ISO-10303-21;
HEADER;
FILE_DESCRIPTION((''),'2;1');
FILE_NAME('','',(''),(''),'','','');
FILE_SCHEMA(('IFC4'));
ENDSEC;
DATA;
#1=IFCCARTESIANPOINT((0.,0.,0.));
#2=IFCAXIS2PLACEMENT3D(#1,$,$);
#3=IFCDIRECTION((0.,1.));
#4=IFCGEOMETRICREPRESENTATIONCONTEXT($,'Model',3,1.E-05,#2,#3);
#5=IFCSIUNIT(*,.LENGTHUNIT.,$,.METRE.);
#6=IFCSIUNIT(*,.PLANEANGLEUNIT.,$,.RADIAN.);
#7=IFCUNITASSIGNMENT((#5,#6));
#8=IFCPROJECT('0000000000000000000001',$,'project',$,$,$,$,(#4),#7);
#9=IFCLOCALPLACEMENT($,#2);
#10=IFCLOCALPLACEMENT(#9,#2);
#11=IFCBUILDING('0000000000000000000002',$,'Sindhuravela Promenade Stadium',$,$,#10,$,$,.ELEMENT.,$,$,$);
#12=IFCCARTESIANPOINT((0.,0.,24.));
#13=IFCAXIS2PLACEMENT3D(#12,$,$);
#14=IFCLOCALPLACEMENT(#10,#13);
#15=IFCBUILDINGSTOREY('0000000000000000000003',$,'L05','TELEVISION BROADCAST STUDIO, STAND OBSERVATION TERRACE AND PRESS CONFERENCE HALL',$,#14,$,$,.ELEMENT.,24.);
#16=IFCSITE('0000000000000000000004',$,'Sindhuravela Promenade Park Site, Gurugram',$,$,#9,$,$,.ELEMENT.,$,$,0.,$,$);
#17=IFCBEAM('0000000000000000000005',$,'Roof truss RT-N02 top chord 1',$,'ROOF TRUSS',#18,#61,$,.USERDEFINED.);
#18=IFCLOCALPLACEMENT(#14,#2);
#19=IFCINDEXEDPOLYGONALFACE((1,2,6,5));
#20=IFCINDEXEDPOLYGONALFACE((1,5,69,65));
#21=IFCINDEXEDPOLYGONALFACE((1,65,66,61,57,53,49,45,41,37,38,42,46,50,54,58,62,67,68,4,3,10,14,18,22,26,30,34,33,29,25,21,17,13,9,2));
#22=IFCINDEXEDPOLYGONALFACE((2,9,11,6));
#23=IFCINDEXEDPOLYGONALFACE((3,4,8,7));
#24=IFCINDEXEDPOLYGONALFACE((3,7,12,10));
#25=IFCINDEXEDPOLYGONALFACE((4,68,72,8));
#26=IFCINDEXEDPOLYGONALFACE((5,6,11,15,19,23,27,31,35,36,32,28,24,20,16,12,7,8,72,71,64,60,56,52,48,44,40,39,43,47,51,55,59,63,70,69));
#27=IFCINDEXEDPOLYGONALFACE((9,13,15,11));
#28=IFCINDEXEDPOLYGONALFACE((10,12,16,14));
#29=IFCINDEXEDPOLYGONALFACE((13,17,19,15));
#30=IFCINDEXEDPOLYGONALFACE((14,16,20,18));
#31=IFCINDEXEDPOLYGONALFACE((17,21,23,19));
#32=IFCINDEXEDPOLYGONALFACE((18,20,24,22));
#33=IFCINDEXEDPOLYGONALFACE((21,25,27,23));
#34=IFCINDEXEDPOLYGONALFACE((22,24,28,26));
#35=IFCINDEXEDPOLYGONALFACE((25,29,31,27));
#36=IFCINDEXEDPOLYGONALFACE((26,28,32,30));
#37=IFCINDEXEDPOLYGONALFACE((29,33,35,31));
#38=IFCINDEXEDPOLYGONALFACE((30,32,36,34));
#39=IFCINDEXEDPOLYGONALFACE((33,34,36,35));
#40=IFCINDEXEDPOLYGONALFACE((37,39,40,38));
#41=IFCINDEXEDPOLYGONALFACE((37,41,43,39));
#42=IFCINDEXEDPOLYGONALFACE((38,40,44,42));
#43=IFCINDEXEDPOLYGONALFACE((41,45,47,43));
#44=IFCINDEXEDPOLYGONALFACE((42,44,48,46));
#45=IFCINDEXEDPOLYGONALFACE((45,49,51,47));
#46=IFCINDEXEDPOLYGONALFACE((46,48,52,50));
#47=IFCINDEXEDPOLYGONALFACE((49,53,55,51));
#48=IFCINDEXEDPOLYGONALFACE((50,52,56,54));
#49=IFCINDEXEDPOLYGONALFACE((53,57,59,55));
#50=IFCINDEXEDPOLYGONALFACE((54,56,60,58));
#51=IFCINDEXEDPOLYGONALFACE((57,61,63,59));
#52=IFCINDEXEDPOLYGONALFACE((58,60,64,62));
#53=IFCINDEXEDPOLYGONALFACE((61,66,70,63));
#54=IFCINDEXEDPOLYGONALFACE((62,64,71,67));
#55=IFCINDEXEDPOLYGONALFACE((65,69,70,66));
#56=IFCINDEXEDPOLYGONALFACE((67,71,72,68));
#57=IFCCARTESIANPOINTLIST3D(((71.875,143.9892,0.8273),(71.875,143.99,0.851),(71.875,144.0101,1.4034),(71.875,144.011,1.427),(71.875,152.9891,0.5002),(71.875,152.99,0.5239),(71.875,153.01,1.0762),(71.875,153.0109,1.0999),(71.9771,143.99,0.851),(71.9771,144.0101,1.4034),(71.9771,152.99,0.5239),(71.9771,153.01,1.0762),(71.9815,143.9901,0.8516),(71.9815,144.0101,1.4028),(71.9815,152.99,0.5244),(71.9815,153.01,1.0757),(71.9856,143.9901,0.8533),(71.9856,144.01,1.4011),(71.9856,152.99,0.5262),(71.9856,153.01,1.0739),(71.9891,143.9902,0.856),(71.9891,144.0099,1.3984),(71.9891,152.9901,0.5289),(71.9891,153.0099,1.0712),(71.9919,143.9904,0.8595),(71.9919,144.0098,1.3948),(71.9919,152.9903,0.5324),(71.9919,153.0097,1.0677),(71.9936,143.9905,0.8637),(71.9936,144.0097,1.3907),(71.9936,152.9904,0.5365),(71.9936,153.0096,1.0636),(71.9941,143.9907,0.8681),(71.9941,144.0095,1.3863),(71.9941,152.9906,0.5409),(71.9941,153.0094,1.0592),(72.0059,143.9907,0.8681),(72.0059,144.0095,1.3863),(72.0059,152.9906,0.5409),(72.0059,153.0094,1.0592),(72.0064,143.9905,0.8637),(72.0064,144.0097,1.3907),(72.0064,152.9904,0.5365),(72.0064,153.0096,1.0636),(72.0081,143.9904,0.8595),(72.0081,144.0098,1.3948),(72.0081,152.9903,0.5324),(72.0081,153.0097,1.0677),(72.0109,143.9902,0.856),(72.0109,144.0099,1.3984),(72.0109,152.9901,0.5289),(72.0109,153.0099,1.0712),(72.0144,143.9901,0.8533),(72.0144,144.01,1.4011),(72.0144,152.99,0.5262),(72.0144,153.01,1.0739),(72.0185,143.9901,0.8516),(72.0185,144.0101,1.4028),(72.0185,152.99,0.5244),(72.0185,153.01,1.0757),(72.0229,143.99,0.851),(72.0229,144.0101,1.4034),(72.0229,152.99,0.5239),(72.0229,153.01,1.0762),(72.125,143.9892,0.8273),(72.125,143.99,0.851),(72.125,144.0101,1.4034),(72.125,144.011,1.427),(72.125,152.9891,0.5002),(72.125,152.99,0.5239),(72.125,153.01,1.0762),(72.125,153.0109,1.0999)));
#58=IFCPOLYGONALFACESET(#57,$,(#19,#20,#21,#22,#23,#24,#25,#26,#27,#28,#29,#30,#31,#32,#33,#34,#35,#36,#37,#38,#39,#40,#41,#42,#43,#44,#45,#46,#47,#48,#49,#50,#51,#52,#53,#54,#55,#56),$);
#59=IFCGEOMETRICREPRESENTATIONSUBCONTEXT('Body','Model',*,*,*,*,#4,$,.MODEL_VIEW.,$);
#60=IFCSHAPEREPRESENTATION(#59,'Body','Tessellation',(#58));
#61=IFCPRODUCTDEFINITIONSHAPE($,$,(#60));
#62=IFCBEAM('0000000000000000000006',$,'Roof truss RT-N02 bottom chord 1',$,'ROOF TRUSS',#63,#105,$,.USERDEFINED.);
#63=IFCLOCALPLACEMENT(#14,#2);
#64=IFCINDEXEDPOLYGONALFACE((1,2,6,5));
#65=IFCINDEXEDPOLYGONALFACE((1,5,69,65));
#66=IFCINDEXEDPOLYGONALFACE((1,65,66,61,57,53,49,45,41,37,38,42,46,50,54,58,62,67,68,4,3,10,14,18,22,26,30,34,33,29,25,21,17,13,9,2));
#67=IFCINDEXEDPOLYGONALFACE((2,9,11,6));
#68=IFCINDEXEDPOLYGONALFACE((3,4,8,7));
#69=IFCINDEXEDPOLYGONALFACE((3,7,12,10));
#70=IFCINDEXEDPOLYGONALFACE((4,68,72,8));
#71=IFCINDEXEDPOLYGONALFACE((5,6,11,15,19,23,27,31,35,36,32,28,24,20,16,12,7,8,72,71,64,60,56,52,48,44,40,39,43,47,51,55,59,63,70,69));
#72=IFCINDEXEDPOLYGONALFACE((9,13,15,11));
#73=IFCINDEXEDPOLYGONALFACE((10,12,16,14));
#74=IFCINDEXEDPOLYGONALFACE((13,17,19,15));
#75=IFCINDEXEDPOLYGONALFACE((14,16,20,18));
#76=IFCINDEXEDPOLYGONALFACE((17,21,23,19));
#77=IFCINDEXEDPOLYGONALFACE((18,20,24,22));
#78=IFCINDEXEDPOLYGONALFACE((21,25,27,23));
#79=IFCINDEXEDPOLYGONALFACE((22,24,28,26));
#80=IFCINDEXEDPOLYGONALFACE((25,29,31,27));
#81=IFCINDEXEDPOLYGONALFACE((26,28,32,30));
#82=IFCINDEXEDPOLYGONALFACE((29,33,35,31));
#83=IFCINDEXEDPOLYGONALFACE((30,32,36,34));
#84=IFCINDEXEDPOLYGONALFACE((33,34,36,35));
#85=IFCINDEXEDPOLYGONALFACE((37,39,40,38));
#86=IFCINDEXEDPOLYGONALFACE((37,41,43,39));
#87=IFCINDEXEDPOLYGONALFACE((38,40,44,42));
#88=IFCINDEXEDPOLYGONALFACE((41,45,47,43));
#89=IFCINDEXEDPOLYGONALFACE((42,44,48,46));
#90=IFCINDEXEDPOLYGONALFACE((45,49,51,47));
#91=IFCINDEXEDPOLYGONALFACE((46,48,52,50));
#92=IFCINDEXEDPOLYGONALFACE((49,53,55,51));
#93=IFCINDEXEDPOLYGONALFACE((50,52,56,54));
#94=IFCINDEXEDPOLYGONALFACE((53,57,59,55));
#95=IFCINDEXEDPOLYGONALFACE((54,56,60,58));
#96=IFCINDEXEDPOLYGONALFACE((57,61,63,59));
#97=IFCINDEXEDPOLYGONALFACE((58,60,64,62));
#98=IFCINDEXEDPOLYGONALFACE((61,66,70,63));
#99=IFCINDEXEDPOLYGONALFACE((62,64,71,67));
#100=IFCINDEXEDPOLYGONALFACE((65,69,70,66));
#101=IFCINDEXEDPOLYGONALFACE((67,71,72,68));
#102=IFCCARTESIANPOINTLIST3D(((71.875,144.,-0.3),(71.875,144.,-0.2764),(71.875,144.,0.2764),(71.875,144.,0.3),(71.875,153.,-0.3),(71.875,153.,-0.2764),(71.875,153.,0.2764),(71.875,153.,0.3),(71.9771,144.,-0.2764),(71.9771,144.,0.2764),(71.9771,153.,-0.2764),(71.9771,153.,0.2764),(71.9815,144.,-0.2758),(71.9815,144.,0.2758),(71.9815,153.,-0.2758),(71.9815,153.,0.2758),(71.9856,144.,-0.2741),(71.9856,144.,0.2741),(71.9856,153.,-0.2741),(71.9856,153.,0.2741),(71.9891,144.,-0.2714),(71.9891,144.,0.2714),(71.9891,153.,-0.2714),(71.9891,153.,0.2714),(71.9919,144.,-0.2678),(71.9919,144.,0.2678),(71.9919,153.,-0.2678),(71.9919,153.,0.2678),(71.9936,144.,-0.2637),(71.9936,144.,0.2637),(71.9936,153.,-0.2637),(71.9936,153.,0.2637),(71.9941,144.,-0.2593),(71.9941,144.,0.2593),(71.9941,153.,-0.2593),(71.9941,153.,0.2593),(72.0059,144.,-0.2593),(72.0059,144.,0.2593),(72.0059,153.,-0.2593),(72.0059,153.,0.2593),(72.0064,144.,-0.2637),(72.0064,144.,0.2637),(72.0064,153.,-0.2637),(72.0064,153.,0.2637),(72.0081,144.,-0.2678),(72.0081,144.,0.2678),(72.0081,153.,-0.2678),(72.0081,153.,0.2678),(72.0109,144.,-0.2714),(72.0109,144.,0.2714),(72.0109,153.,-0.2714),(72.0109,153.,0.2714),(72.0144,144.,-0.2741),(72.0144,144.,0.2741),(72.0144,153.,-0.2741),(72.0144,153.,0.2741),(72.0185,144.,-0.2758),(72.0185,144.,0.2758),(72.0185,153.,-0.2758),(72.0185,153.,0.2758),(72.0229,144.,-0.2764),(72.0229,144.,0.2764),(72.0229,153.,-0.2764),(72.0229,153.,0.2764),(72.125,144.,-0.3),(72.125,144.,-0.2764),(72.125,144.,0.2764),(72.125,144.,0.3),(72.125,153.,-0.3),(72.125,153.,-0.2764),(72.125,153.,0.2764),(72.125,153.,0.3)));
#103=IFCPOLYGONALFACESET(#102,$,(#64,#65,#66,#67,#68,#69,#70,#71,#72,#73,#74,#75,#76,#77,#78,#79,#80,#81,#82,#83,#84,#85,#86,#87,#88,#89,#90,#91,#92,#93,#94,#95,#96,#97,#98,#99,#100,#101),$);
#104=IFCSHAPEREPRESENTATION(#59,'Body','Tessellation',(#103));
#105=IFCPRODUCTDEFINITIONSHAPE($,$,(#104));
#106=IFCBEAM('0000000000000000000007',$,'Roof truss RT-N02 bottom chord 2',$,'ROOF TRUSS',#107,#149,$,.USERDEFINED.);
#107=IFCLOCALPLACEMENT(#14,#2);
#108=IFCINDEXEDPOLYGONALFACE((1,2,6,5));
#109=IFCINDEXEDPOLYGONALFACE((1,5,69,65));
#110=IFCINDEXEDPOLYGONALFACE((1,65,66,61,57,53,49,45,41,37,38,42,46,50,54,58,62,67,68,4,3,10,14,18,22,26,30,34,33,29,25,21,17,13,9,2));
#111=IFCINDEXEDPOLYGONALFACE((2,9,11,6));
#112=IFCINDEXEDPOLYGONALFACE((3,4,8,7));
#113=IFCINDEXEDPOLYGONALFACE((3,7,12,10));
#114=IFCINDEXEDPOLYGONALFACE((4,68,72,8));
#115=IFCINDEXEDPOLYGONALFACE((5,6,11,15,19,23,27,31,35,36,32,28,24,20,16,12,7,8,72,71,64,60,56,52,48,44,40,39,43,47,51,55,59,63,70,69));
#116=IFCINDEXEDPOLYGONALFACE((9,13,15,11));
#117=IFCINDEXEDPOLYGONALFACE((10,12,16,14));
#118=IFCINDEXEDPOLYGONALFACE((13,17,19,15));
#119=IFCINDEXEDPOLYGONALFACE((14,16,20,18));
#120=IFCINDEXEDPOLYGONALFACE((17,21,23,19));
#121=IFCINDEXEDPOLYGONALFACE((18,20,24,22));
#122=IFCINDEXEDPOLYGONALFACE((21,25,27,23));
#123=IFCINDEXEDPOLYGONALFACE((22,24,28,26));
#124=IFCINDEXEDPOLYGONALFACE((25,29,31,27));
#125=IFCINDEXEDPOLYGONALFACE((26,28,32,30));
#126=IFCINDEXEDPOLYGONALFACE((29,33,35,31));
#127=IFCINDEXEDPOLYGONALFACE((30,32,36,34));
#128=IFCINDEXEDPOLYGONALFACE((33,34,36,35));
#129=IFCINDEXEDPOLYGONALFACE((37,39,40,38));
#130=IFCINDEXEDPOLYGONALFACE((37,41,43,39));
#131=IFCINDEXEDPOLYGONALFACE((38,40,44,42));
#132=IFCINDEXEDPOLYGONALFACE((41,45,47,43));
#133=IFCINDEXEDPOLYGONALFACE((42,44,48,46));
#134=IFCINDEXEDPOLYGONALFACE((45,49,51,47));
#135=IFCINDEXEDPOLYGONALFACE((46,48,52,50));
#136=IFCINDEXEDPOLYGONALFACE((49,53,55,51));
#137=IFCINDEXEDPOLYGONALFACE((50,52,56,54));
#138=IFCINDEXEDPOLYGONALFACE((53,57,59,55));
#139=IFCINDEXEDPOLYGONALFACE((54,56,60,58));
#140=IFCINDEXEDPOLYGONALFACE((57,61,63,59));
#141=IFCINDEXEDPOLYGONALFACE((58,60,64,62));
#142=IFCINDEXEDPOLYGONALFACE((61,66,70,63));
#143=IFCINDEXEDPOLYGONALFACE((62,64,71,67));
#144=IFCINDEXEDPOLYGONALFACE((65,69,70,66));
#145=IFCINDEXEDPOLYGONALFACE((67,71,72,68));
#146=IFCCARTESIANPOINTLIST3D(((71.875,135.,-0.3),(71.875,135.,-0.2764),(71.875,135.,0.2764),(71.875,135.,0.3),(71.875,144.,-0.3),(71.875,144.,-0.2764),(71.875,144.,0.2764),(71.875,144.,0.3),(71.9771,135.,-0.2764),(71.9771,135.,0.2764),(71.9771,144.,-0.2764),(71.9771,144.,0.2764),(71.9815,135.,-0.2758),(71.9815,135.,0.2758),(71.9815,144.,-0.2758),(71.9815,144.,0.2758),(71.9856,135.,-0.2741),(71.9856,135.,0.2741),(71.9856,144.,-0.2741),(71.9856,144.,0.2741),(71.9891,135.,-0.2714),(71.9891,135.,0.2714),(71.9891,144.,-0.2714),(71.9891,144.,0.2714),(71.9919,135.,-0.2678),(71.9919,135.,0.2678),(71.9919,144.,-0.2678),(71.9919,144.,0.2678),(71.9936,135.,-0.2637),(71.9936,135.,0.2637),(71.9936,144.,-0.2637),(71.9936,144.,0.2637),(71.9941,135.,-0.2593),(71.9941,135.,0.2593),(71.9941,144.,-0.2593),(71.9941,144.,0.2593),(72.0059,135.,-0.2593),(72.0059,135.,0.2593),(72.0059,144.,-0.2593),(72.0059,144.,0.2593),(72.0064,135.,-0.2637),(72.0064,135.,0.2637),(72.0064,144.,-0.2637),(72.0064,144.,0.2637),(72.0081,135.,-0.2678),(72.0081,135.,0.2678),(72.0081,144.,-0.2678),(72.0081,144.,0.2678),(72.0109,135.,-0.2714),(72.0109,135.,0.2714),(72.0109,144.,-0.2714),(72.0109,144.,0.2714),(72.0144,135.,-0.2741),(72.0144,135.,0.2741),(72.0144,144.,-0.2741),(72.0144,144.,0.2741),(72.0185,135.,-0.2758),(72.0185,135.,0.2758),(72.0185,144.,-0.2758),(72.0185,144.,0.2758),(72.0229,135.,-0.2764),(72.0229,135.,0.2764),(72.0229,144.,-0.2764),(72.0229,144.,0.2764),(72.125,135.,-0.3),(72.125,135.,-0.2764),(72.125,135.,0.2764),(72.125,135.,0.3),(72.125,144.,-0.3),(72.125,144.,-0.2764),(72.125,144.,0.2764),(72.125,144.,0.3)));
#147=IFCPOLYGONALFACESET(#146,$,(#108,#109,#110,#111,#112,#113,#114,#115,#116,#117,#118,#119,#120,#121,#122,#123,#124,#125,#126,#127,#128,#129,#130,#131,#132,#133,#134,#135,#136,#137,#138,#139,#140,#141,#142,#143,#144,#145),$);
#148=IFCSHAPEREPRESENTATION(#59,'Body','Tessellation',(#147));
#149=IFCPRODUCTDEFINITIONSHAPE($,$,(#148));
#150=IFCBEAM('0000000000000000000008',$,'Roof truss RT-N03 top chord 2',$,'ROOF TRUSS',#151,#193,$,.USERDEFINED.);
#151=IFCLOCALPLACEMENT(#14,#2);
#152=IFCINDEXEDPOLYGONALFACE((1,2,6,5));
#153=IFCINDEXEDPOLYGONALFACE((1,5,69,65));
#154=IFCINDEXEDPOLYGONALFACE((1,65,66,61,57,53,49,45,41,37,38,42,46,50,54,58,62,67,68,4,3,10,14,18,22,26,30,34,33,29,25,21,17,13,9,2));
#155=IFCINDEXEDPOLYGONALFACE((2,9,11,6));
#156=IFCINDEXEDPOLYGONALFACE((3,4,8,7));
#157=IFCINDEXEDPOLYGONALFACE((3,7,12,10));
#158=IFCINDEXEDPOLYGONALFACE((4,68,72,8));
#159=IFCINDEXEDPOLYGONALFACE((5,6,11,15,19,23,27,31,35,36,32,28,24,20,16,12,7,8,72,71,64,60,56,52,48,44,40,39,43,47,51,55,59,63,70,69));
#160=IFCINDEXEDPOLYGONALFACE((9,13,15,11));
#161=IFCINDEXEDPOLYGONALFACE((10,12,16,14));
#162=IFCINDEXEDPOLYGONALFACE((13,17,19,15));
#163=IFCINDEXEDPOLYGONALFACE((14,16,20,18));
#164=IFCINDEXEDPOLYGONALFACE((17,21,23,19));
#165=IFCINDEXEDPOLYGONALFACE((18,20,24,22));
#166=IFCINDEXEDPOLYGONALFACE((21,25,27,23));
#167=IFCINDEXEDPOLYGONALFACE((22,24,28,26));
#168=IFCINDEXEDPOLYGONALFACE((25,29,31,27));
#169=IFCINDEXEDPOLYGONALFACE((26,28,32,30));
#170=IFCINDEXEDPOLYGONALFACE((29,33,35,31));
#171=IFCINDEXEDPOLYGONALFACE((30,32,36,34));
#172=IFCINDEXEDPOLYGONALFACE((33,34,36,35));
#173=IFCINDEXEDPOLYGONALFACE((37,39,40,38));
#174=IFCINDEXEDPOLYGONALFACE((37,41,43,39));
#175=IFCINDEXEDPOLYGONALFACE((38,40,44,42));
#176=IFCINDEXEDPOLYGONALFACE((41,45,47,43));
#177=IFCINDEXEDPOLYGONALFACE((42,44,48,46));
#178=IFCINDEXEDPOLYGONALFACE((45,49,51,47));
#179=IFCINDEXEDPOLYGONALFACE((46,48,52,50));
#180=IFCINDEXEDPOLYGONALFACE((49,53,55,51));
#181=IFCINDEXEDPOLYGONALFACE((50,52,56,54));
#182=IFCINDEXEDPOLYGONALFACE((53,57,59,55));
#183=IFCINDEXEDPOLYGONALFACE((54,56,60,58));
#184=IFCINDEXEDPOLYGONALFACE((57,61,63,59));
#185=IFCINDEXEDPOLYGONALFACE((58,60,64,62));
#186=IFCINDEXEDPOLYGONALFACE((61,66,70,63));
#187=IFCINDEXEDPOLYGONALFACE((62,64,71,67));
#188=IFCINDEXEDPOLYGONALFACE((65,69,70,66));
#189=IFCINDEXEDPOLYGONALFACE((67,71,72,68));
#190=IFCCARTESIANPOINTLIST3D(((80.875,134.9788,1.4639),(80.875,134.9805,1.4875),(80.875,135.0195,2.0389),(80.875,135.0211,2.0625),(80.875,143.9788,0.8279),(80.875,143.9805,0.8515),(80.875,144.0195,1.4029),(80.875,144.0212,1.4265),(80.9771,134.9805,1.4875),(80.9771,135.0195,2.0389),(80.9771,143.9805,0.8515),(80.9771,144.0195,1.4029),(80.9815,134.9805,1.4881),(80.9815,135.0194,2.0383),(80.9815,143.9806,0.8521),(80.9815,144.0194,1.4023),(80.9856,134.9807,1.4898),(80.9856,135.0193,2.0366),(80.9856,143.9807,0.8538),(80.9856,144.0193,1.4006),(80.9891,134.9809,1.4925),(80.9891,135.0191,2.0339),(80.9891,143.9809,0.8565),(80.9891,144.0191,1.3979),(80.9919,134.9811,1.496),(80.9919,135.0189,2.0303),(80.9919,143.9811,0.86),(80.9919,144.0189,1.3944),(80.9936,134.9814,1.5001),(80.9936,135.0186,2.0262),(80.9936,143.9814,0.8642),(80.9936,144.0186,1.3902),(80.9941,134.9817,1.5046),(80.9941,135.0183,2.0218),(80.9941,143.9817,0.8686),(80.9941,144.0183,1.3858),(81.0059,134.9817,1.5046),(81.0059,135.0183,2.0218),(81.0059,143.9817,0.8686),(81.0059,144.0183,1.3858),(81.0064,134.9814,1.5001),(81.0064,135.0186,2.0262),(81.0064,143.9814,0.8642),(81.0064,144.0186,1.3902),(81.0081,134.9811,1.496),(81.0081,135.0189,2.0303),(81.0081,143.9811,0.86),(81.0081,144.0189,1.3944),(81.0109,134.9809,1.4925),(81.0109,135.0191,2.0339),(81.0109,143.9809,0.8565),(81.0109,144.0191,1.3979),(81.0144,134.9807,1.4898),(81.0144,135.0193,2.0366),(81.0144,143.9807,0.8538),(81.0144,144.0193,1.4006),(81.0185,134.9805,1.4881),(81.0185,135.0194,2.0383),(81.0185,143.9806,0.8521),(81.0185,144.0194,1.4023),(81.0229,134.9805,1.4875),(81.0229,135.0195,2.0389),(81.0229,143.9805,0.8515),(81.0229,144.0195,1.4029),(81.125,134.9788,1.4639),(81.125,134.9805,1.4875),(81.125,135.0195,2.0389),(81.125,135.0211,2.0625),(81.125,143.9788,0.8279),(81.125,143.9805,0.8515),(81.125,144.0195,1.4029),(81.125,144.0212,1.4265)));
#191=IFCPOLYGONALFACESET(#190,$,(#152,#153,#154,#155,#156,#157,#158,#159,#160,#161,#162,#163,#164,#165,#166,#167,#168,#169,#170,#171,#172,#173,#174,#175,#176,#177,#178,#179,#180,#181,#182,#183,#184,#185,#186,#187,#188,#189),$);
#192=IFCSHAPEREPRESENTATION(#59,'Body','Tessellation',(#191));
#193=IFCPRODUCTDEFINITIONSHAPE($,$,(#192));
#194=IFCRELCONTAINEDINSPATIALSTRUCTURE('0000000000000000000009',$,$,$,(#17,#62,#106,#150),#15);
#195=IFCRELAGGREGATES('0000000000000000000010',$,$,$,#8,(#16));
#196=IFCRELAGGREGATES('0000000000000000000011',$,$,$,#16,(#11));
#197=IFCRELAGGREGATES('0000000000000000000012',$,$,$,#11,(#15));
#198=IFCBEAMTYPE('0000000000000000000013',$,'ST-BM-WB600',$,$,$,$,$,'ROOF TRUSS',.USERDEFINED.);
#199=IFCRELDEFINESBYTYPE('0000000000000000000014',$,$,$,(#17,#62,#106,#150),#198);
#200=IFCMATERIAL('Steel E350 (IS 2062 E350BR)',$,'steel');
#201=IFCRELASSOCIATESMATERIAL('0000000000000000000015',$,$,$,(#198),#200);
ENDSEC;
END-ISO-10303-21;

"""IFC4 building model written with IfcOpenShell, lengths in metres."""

from ifc_helpers import new_model, si_unit, direction, frame, origin, origin_2d, place, context, subcontext, project, spatial, i_section, extrude, material, material_profile, profile_set, type_object, element, save


model = new_model("IFC4")

# Units and contexts
model_context = context("Model", 3, precision=1e-05, world=origin(), true_north=direction((0.0, 1.0)))
body_context = subcontext(model_context, "Body", "Model", "MODEL_VIEW")
ifc_project = project(units=[si_unit("LENGTHUNIT", "METRE"), si_unit("PLANEANGLEUNIT", "RADIAN")], contexts=[model_context])

# Site, building, storey
site_placement = place(None, origin())
site = spatial("IfcSite", under=ifc_project, at=site_placement, Name="Sindhuravela Promenade Park Site, Gurugram", CompositionType="ELEMENT", RefElevation=0.0)
building_placement = place(site_placement, origin())
building = spatial("IfcBuilding", under=site, at=building_placement, Name="Sindhuravela Promenade Stadium", CompositionType="ELEMENT")
storey_placement = place(building_placement, frame((0.0, 0.0, 24.0)))
storey = spatial("IfcBuildingStorey", under=building, at=storey_placement, Name="L05", Description="TELEVISION BROADCAST STUDIO, STAND OBSERVATION TERRACE AND PRESS CONFERENCE HALL", CompositionType="ELEMENT", Elevation=24.0)

# Beams
ifc_material_1 = material(Name="Steel E350 (IS 2062 E350BR)", Category="steel")
ifc_material_profile_1 = material_profile(ifc_material_1, i_section(OverallWidth=0.25, OverallDepth=0.6001, WebThickness=0.0117, FlangeThickness=0.0237, FilletRadius=0.0171, at=origin_2d()), Name="ISWB 600")
ifc_profile_set_1 = profile_set([ifc_material_profile_1], Name="Steel E350 (IS 2062 E350BR)")
beam_type = type_object("IfcBeamType", Name="ST-BM-WB600", ElementType="ROOF TRUSS", PredefinedType="USERDEFINED", material=ifc_profile_set_1)
beam_1_placement = place(storey_placement, frame((72.0, 153.0, 0.8), z_axis=(0.0, -0.99934, 0.036326), x_axis=(1.0, 0.0, 0.0)))
element("IfcBeam", 1, at=beam_1_placement, inside=storey, type_object=beam_type, Name="Roof truss RT-N02 top chord 1", ObjectType="ROOF TRUSS", PredefinedType="USERDEFINED", context=body_context, shape_type="SweptSolid", body=[
    extrude(i_section(OverallWidth=0.25, OverallDepth=0.6001, WebThickness=0.0117, FlangeThickness=0.0237, FilletRadius=0.0171, at=origin_2d()), origin(), (0.0, 0.0, 1.0), 9.0059),
])
for number, where, z_axis, x_axis, name in (
    (2, (72.0, 153.0, 0.0), (0.0, -1.0, 0.0), (1.0, 0.0, 0.0), "Roof truss RT-N02 bottom chord 1"),
    (3, (72.0, 144.0, 0.0), (0.0, -1.0, 0.0), (1.0, 0.0, 0.0), "Roof truss RT-N02 bottom chord 2"),
):
    element("IfcBeam", number, at=place(storey_placement, frame(where, z_axis=z_axis, x_axis=x_axis)), inside=storey, type_object=beam_type, Name=name, ObjectType="ROOF TRUSS", PredefinedType="USERDEFINED", context=body_context, shape_type="SweptSolid", body=[
        extrude(i_section(OverallWidth=0.25, OverallDepth=0.6001, WebThickness=0.0117, FlangeThickness=0.0237, FilletRadius=0.0171, at=origin_2d()), origin(), (0.0, 0.0, 1.0), 9.0),
    ])
beam_2_placement = place(storey_placement, frame((81.0, 144.0, 1.1272), z_axis=(0.0, -0.997513, 0.070489), x_axis=(1.0, 0.0, 0.0)))
element("IfcBeam", 4, at=beam_2_placement, inside=storey, type_object=beam_type, Name="Roof truss RT-N03 top chord 2", ObjectType="ROOF TRUSS", PredefinedType="USERDEFINED", context=body_context, shape_type="SweptSolid", body=[
    extrude(i_section(OverallWidth=0.25, OverallDepth=0.6001, WebThickness=0.0117, FlangeThickness=0.0237, FilletRadius=0.0171, at=origin_2d()), origin(), (0.0, 0.0, 1.0), 9.0225),
])

save(model, "model.ifc")
